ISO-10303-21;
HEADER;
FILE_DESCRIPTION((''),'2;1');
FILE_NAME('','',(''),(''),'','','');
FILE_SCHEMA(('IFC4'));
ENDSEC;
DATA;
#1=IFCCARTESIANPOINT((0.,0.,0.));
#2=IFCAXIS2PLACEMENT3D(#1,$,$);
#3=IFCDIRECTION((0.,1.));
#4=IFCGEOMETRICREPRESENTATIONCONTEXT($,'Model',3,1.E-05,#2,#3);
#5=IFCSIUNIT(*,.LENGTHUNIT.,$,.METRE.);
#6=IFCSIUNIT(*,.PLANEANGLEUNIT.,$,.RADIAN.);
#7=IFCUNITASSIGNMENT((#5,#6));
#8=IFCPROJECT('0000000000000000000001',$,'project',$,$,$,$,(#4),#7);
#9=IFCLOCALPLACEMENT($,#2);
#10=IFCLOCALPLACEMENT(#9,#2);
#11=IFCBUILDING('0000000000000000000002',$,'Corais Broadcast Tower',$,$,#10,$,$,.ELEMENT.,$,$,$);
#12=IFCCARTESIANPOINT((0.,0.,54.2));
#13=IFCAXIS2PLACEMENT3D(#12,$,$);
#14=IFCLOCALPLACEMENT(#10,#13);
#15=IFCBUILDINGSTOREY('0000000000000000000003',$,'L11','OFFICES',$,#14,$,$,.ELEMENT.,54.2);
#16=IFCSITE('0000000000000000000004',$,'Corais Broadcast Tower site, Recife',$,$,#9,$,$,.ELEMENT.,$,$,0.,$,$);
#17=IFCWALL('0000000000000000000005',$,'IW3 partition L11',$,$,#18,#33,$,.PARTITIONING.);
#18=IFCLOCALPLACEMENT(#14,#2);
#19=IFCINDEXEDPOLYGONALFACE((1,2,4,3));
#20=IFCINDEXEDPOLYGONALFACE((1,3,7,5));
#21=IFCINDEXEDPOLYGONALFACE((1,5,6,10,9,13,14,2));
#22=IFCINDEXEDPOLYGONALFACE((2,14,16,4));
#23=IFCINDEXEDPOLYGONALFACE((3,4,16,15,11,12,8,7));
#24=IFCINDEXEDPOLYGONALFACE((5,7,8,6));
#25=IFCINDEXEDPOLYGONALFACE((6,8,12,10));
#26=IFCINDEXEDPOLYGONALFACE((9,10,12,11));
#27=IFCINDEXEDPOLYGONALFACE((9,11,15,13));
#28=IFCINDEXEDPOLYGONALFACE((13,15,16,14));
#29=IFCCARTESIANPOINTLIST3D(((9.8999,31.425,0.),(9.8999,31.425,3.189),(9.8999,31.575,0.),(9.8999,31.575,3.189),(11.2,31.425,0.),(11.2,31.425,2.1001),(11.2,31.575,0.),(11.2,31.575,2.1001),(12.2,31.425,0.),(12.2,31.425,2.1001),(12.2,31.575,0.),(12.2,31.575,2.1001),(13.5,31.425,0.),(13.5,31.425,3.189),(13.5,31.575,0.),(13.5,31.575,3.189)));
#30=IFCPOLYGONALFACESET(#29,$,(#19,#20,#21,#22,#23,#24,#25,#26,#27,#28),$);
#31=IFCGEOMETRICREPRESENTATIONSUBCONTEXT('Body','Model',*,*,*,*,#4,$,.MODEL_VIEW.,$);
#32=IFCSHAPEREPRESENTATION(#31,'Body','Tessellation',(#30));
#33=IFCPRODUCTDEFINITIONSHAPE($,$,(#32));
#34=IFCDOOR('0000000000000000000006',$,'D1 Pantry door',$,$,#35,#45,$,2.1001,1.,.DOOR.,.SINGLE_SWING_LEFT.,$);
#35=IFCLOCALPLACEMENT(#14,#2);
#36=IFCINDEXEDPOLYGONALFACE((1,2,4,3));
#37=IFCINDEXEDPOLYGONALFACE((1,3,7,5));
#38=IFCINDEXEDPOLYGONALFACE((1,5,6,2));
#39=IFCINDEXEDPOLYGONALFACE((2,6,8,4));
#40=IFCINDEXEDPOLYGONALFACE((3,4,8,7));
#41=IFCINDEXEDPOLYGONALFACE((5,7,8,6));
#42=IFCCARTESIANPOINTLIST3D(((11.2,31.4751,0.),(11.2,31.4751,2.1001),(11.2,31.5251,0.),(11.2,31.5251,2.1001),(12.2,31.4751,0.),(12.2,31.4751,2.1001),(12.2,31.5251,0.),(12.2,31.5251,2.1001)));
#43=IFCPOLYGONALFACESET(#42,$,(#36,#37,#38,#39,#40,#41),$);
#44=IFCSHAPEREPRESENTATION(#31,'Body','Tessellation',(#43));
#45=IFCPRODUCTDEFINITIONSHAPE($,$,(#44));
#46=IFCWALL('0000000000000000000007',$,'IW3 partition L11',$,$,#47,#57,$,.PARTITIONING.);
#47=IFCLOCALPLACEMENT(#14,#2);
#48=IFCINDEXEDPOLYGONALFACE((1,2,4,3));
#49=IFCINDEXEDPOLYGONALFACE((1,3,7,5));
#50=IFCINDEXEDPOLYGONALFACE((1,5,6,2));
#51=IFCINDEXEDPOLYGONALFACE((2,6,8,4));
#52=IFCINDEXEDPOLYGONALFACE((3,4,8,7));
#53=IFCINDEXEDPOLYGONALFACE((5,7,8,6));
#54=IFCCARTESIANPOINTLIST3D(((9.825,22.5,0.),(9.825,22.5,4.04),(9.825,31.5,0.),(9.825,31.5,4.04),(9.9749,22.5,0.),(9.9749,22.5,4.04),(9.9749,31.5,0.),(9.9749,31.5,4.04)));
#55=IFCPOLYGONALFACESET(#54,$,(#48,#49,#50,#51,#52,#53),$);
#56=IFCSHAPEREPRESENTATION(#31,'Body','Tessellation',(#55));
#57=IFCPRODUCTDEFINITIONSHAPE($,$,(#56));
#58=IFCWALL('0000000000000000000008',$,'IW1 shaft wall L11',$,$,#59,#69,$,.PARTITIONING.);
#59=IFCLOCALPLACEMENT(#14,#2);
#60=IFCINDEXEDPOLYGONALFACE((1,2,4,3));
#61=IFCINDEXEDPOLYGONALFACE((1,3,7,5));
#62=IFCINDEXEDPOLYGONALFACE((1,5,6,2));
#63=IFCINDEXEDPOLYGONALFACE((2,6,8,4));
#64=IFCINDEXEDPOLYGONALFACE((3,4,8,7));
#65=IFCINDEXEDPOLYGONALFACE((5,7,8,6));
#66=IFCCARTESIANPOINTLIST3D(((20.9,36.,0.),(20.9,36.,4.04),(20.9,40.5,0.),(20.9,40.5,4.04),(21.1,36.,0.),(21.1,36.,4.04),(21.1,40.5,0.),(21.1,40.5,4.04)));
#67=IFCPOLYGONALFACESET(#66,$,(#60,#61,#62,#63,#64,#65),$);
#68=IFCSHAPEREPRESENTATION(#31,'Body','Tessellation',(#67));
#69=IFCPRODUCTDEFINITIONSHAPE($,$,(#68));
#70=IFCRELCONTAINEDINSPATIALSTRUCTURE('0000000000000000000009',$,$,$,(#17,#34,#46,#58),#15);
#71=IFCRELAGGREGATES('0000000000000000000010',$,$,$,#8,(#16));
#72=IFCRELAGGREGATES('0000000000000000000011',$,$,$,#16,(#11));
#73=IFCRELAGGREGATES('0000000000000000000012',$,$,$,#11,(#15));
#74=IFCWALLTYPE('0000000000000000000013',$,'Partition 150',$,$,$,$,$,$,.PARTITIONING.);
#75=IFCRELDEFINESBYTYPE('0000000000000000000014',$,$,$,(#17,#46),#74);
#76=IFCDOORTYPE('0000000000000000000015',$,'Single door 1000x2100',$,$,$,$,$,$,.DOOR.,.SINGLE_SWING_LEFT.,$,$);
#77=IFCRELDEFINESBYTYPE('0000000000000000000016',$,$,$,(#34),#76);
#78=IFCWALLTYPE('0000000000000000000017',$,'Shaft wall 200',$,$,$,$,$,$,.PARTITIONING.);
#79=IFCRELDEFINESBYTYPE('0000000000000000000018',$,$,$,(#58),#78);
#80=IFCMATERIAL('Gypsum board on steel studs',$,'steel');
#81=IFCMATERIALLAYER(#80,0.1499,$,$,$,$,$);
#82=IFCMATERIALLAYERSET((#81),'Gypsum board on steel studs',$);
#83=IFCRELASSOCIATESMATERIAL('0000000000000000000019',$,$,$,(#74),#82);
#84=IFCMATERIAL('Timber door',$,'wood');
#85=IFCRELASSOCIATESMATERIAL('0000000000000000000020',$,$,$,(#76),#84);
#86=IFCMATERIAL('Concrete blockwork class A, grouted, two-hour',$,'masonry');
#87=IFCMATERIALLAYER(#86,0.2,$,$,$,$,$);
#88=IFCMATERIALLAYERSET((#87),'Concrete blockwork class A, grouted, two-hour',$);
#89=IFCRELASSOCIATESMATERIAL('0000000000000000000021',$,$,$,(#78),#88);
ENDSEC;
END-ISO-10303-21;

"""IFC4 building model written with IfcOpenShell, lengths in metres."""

from ifc_helpers import new_model, si_unit, direction, frame, frame_2d, origin, place, context, subcontext, project, spatial, rectangle, extrude, material, layer, layer_set, type_object, element, fill, save


model = new_model("IFC4")

# Units and contexts
model_context = context("Model", 3, precision=1e-05, world=origin(), true_north=direction((0.0, 1.0)))
body_context = subcontext(model_context, "Body", "Model", "MODEL_VIEW")
ifc_project = project(units=[si_unit("LENGTHUNIT", "METRE"), si_unit("PLANEANGLEUNIT", "RADIAN")], contexts=[model_context])

# Site, building, storey
site_placement = place(None, origin())
site = spatial("IfcSite", under=ifc_project, at=site_placement, Name="Corais Broadcast Tower site, Recife", CompositionType="ELEMENT", RefElevation=0.0)
building_placement = place(site_placement, origin())
building = spatial("IfcBuilding", under=site, at=building_placement, Name="Corais Broadcast Tower", CompositionType="ELEMENT")
storey_placement = place(building_placement, frame((0.0, 0.0, 54.2)))
storey = spatial("IfcBuildingStorey", under=building, at=storey_placement, Name="L11", Description="OFFICES", CompositionType="ELEMENT", Elevation=54.2)

# Shared definitions
ifc_material_1 = material(Name="Gypsum board on steel studs", Category="steel")
ifc_layer_1 = layer(ifc_material_1, 0.1499)
ifc_layer_set_1 = layer_set([ifc_layer_1], Name="Gypsum board on steel studs")
wall_type_1 = type_object("IfcWallType", Name="Partition 150", PredefinedType="PARTITIONING", material=ifc_layer_set_1)

# Wall, opening, door
wall_1_placement = place(storey_placement, frame((13.5, 31.5, 0.0), z_axis=(0.0, 0.0, 1.0), x_axis=(-1.0, 0.0, 0.0)))
wall_1 = element("IfcWall", 1, at=wall_1_placement, inside=storey, type_object=wall_type_1, Name="IW3 partition L11", PredefinedType="PARTITIONING", context=body_context, shape_type="SweptSolid", body=[
    extrude(rectangle(XDim=3.6001, YDim=0.1499, at=frame_2d((1.8, 0.0))), origin(), (0.0, 0.0, 1.0), 3.189),
])
opening_1_placement = place(wall_1_placement, frame((1.3, 0.0, 0.0)))
opening_1 = element("IfcOpeningElement", 2, at=opening_1_placement, cuts=wall_1, PredefinedType="OPENING", context=body_context, shape_type="SweptSolid", body=[
    extrude(rectangle(XDim=1.0, YDim=2.1001, at=frame_2d((0.5, 1.05))), frame((0.0, 0.085, 0.0), z_axis=(0.0, -1.0, 0.0), x_axis=(1.0, 0.0, 0.0)), (0.0, 0.0, 1.0), 0.1699),
])
ifc_material_2 = material(Name="Timber door", Category="wood")
door_type_1 = type_object("IfcDoorType", Name="Single door 1000x2100", OperationType="SINGLE_SWING_LEFT", PredefinedType="DOOR", material=ifc_material_2)
door_1_placement = place(opening_1_placement, origin())
door_1 = element("IfcDoor", 3, at=door_1_placement, inside=storey, type_object=door_type_1, Name="D1 Pantry door", OperationType="SINGLE_SWING_LEFT", OverallHeight=2.1001, OverallWidth=1.0, PredefinedType="DOOR", context=body_context, shape_type="SweptSolid", body=[
    extrude(rectangle(XDim=1.0, YDim=2.1001, at=frame_2d((0.5, 1.05))), frame((0.0, 0.0249, 0.0), z_axis=(0.0, -1.0, 0.0), x_axis=(1.0, 0.0, 0.0)), (0.0, 0.0, 1.0), 0.05),
])
fill(opening_1, door_1)

# Walls
wall_2_placement = place(storey_placement, frame((9.8999, 31.5, 0.0), z_axis=(0.0, 0.0, 1.0), x_axis=(0.0, -1.0, 0.0)))
element("IfcWall", 4, at=wall_2_placement, inside=storey, type_object=wall_type_1, Name="IW3 partition L11", PredefinedType="PARTITIONING", context=body_context, shape_type="SweptSolid", body=[
    extrude(rectangle(XDim=9.0, YDim=0.1499, at=frame_2d((4.5, 0.0))), origin(), (0.0, 0.0, 1.0), 4.04),
])
ifc_material_3 = material(Name="Concrete blockwork class A, grouted, two-hour", Category="masonry")
ifc_layer_2 = layer(ifc_material_3, 0.2)
ifc_layer_set_2 = layer_set([ifc_layer_2], Name="Concrete blockwork class A, grouted, two-hour")
wall_type_2 = type_object("IfcWallType", Name="Shaft wall 200", PredefinedType="PARTITIONING", material=ifc_layer_set_2)
wall_3_placement = place(storey_placement, frame((21.0, 36.0, 0.0), z_axis=(0.0, 0.0, 1.0), x_axis=(0.0, 1.0, 0.0)))
element("IfcWall", 5, at=wall_3_placement, inside=storey, type_object=wall_type_2, Name="IW1 shaft wall L11", PredefinedType="PARTITIONING", context=body_context, shape_type="SweptSolid", body=[
    extrude(rectangle(XDim=4.5, YDim=0.2, at=frame_2d((2.25, 0.0))), origin(), (0.0, 0.0, 1.0), 4.04),
])

save(model, "model.ifc")
